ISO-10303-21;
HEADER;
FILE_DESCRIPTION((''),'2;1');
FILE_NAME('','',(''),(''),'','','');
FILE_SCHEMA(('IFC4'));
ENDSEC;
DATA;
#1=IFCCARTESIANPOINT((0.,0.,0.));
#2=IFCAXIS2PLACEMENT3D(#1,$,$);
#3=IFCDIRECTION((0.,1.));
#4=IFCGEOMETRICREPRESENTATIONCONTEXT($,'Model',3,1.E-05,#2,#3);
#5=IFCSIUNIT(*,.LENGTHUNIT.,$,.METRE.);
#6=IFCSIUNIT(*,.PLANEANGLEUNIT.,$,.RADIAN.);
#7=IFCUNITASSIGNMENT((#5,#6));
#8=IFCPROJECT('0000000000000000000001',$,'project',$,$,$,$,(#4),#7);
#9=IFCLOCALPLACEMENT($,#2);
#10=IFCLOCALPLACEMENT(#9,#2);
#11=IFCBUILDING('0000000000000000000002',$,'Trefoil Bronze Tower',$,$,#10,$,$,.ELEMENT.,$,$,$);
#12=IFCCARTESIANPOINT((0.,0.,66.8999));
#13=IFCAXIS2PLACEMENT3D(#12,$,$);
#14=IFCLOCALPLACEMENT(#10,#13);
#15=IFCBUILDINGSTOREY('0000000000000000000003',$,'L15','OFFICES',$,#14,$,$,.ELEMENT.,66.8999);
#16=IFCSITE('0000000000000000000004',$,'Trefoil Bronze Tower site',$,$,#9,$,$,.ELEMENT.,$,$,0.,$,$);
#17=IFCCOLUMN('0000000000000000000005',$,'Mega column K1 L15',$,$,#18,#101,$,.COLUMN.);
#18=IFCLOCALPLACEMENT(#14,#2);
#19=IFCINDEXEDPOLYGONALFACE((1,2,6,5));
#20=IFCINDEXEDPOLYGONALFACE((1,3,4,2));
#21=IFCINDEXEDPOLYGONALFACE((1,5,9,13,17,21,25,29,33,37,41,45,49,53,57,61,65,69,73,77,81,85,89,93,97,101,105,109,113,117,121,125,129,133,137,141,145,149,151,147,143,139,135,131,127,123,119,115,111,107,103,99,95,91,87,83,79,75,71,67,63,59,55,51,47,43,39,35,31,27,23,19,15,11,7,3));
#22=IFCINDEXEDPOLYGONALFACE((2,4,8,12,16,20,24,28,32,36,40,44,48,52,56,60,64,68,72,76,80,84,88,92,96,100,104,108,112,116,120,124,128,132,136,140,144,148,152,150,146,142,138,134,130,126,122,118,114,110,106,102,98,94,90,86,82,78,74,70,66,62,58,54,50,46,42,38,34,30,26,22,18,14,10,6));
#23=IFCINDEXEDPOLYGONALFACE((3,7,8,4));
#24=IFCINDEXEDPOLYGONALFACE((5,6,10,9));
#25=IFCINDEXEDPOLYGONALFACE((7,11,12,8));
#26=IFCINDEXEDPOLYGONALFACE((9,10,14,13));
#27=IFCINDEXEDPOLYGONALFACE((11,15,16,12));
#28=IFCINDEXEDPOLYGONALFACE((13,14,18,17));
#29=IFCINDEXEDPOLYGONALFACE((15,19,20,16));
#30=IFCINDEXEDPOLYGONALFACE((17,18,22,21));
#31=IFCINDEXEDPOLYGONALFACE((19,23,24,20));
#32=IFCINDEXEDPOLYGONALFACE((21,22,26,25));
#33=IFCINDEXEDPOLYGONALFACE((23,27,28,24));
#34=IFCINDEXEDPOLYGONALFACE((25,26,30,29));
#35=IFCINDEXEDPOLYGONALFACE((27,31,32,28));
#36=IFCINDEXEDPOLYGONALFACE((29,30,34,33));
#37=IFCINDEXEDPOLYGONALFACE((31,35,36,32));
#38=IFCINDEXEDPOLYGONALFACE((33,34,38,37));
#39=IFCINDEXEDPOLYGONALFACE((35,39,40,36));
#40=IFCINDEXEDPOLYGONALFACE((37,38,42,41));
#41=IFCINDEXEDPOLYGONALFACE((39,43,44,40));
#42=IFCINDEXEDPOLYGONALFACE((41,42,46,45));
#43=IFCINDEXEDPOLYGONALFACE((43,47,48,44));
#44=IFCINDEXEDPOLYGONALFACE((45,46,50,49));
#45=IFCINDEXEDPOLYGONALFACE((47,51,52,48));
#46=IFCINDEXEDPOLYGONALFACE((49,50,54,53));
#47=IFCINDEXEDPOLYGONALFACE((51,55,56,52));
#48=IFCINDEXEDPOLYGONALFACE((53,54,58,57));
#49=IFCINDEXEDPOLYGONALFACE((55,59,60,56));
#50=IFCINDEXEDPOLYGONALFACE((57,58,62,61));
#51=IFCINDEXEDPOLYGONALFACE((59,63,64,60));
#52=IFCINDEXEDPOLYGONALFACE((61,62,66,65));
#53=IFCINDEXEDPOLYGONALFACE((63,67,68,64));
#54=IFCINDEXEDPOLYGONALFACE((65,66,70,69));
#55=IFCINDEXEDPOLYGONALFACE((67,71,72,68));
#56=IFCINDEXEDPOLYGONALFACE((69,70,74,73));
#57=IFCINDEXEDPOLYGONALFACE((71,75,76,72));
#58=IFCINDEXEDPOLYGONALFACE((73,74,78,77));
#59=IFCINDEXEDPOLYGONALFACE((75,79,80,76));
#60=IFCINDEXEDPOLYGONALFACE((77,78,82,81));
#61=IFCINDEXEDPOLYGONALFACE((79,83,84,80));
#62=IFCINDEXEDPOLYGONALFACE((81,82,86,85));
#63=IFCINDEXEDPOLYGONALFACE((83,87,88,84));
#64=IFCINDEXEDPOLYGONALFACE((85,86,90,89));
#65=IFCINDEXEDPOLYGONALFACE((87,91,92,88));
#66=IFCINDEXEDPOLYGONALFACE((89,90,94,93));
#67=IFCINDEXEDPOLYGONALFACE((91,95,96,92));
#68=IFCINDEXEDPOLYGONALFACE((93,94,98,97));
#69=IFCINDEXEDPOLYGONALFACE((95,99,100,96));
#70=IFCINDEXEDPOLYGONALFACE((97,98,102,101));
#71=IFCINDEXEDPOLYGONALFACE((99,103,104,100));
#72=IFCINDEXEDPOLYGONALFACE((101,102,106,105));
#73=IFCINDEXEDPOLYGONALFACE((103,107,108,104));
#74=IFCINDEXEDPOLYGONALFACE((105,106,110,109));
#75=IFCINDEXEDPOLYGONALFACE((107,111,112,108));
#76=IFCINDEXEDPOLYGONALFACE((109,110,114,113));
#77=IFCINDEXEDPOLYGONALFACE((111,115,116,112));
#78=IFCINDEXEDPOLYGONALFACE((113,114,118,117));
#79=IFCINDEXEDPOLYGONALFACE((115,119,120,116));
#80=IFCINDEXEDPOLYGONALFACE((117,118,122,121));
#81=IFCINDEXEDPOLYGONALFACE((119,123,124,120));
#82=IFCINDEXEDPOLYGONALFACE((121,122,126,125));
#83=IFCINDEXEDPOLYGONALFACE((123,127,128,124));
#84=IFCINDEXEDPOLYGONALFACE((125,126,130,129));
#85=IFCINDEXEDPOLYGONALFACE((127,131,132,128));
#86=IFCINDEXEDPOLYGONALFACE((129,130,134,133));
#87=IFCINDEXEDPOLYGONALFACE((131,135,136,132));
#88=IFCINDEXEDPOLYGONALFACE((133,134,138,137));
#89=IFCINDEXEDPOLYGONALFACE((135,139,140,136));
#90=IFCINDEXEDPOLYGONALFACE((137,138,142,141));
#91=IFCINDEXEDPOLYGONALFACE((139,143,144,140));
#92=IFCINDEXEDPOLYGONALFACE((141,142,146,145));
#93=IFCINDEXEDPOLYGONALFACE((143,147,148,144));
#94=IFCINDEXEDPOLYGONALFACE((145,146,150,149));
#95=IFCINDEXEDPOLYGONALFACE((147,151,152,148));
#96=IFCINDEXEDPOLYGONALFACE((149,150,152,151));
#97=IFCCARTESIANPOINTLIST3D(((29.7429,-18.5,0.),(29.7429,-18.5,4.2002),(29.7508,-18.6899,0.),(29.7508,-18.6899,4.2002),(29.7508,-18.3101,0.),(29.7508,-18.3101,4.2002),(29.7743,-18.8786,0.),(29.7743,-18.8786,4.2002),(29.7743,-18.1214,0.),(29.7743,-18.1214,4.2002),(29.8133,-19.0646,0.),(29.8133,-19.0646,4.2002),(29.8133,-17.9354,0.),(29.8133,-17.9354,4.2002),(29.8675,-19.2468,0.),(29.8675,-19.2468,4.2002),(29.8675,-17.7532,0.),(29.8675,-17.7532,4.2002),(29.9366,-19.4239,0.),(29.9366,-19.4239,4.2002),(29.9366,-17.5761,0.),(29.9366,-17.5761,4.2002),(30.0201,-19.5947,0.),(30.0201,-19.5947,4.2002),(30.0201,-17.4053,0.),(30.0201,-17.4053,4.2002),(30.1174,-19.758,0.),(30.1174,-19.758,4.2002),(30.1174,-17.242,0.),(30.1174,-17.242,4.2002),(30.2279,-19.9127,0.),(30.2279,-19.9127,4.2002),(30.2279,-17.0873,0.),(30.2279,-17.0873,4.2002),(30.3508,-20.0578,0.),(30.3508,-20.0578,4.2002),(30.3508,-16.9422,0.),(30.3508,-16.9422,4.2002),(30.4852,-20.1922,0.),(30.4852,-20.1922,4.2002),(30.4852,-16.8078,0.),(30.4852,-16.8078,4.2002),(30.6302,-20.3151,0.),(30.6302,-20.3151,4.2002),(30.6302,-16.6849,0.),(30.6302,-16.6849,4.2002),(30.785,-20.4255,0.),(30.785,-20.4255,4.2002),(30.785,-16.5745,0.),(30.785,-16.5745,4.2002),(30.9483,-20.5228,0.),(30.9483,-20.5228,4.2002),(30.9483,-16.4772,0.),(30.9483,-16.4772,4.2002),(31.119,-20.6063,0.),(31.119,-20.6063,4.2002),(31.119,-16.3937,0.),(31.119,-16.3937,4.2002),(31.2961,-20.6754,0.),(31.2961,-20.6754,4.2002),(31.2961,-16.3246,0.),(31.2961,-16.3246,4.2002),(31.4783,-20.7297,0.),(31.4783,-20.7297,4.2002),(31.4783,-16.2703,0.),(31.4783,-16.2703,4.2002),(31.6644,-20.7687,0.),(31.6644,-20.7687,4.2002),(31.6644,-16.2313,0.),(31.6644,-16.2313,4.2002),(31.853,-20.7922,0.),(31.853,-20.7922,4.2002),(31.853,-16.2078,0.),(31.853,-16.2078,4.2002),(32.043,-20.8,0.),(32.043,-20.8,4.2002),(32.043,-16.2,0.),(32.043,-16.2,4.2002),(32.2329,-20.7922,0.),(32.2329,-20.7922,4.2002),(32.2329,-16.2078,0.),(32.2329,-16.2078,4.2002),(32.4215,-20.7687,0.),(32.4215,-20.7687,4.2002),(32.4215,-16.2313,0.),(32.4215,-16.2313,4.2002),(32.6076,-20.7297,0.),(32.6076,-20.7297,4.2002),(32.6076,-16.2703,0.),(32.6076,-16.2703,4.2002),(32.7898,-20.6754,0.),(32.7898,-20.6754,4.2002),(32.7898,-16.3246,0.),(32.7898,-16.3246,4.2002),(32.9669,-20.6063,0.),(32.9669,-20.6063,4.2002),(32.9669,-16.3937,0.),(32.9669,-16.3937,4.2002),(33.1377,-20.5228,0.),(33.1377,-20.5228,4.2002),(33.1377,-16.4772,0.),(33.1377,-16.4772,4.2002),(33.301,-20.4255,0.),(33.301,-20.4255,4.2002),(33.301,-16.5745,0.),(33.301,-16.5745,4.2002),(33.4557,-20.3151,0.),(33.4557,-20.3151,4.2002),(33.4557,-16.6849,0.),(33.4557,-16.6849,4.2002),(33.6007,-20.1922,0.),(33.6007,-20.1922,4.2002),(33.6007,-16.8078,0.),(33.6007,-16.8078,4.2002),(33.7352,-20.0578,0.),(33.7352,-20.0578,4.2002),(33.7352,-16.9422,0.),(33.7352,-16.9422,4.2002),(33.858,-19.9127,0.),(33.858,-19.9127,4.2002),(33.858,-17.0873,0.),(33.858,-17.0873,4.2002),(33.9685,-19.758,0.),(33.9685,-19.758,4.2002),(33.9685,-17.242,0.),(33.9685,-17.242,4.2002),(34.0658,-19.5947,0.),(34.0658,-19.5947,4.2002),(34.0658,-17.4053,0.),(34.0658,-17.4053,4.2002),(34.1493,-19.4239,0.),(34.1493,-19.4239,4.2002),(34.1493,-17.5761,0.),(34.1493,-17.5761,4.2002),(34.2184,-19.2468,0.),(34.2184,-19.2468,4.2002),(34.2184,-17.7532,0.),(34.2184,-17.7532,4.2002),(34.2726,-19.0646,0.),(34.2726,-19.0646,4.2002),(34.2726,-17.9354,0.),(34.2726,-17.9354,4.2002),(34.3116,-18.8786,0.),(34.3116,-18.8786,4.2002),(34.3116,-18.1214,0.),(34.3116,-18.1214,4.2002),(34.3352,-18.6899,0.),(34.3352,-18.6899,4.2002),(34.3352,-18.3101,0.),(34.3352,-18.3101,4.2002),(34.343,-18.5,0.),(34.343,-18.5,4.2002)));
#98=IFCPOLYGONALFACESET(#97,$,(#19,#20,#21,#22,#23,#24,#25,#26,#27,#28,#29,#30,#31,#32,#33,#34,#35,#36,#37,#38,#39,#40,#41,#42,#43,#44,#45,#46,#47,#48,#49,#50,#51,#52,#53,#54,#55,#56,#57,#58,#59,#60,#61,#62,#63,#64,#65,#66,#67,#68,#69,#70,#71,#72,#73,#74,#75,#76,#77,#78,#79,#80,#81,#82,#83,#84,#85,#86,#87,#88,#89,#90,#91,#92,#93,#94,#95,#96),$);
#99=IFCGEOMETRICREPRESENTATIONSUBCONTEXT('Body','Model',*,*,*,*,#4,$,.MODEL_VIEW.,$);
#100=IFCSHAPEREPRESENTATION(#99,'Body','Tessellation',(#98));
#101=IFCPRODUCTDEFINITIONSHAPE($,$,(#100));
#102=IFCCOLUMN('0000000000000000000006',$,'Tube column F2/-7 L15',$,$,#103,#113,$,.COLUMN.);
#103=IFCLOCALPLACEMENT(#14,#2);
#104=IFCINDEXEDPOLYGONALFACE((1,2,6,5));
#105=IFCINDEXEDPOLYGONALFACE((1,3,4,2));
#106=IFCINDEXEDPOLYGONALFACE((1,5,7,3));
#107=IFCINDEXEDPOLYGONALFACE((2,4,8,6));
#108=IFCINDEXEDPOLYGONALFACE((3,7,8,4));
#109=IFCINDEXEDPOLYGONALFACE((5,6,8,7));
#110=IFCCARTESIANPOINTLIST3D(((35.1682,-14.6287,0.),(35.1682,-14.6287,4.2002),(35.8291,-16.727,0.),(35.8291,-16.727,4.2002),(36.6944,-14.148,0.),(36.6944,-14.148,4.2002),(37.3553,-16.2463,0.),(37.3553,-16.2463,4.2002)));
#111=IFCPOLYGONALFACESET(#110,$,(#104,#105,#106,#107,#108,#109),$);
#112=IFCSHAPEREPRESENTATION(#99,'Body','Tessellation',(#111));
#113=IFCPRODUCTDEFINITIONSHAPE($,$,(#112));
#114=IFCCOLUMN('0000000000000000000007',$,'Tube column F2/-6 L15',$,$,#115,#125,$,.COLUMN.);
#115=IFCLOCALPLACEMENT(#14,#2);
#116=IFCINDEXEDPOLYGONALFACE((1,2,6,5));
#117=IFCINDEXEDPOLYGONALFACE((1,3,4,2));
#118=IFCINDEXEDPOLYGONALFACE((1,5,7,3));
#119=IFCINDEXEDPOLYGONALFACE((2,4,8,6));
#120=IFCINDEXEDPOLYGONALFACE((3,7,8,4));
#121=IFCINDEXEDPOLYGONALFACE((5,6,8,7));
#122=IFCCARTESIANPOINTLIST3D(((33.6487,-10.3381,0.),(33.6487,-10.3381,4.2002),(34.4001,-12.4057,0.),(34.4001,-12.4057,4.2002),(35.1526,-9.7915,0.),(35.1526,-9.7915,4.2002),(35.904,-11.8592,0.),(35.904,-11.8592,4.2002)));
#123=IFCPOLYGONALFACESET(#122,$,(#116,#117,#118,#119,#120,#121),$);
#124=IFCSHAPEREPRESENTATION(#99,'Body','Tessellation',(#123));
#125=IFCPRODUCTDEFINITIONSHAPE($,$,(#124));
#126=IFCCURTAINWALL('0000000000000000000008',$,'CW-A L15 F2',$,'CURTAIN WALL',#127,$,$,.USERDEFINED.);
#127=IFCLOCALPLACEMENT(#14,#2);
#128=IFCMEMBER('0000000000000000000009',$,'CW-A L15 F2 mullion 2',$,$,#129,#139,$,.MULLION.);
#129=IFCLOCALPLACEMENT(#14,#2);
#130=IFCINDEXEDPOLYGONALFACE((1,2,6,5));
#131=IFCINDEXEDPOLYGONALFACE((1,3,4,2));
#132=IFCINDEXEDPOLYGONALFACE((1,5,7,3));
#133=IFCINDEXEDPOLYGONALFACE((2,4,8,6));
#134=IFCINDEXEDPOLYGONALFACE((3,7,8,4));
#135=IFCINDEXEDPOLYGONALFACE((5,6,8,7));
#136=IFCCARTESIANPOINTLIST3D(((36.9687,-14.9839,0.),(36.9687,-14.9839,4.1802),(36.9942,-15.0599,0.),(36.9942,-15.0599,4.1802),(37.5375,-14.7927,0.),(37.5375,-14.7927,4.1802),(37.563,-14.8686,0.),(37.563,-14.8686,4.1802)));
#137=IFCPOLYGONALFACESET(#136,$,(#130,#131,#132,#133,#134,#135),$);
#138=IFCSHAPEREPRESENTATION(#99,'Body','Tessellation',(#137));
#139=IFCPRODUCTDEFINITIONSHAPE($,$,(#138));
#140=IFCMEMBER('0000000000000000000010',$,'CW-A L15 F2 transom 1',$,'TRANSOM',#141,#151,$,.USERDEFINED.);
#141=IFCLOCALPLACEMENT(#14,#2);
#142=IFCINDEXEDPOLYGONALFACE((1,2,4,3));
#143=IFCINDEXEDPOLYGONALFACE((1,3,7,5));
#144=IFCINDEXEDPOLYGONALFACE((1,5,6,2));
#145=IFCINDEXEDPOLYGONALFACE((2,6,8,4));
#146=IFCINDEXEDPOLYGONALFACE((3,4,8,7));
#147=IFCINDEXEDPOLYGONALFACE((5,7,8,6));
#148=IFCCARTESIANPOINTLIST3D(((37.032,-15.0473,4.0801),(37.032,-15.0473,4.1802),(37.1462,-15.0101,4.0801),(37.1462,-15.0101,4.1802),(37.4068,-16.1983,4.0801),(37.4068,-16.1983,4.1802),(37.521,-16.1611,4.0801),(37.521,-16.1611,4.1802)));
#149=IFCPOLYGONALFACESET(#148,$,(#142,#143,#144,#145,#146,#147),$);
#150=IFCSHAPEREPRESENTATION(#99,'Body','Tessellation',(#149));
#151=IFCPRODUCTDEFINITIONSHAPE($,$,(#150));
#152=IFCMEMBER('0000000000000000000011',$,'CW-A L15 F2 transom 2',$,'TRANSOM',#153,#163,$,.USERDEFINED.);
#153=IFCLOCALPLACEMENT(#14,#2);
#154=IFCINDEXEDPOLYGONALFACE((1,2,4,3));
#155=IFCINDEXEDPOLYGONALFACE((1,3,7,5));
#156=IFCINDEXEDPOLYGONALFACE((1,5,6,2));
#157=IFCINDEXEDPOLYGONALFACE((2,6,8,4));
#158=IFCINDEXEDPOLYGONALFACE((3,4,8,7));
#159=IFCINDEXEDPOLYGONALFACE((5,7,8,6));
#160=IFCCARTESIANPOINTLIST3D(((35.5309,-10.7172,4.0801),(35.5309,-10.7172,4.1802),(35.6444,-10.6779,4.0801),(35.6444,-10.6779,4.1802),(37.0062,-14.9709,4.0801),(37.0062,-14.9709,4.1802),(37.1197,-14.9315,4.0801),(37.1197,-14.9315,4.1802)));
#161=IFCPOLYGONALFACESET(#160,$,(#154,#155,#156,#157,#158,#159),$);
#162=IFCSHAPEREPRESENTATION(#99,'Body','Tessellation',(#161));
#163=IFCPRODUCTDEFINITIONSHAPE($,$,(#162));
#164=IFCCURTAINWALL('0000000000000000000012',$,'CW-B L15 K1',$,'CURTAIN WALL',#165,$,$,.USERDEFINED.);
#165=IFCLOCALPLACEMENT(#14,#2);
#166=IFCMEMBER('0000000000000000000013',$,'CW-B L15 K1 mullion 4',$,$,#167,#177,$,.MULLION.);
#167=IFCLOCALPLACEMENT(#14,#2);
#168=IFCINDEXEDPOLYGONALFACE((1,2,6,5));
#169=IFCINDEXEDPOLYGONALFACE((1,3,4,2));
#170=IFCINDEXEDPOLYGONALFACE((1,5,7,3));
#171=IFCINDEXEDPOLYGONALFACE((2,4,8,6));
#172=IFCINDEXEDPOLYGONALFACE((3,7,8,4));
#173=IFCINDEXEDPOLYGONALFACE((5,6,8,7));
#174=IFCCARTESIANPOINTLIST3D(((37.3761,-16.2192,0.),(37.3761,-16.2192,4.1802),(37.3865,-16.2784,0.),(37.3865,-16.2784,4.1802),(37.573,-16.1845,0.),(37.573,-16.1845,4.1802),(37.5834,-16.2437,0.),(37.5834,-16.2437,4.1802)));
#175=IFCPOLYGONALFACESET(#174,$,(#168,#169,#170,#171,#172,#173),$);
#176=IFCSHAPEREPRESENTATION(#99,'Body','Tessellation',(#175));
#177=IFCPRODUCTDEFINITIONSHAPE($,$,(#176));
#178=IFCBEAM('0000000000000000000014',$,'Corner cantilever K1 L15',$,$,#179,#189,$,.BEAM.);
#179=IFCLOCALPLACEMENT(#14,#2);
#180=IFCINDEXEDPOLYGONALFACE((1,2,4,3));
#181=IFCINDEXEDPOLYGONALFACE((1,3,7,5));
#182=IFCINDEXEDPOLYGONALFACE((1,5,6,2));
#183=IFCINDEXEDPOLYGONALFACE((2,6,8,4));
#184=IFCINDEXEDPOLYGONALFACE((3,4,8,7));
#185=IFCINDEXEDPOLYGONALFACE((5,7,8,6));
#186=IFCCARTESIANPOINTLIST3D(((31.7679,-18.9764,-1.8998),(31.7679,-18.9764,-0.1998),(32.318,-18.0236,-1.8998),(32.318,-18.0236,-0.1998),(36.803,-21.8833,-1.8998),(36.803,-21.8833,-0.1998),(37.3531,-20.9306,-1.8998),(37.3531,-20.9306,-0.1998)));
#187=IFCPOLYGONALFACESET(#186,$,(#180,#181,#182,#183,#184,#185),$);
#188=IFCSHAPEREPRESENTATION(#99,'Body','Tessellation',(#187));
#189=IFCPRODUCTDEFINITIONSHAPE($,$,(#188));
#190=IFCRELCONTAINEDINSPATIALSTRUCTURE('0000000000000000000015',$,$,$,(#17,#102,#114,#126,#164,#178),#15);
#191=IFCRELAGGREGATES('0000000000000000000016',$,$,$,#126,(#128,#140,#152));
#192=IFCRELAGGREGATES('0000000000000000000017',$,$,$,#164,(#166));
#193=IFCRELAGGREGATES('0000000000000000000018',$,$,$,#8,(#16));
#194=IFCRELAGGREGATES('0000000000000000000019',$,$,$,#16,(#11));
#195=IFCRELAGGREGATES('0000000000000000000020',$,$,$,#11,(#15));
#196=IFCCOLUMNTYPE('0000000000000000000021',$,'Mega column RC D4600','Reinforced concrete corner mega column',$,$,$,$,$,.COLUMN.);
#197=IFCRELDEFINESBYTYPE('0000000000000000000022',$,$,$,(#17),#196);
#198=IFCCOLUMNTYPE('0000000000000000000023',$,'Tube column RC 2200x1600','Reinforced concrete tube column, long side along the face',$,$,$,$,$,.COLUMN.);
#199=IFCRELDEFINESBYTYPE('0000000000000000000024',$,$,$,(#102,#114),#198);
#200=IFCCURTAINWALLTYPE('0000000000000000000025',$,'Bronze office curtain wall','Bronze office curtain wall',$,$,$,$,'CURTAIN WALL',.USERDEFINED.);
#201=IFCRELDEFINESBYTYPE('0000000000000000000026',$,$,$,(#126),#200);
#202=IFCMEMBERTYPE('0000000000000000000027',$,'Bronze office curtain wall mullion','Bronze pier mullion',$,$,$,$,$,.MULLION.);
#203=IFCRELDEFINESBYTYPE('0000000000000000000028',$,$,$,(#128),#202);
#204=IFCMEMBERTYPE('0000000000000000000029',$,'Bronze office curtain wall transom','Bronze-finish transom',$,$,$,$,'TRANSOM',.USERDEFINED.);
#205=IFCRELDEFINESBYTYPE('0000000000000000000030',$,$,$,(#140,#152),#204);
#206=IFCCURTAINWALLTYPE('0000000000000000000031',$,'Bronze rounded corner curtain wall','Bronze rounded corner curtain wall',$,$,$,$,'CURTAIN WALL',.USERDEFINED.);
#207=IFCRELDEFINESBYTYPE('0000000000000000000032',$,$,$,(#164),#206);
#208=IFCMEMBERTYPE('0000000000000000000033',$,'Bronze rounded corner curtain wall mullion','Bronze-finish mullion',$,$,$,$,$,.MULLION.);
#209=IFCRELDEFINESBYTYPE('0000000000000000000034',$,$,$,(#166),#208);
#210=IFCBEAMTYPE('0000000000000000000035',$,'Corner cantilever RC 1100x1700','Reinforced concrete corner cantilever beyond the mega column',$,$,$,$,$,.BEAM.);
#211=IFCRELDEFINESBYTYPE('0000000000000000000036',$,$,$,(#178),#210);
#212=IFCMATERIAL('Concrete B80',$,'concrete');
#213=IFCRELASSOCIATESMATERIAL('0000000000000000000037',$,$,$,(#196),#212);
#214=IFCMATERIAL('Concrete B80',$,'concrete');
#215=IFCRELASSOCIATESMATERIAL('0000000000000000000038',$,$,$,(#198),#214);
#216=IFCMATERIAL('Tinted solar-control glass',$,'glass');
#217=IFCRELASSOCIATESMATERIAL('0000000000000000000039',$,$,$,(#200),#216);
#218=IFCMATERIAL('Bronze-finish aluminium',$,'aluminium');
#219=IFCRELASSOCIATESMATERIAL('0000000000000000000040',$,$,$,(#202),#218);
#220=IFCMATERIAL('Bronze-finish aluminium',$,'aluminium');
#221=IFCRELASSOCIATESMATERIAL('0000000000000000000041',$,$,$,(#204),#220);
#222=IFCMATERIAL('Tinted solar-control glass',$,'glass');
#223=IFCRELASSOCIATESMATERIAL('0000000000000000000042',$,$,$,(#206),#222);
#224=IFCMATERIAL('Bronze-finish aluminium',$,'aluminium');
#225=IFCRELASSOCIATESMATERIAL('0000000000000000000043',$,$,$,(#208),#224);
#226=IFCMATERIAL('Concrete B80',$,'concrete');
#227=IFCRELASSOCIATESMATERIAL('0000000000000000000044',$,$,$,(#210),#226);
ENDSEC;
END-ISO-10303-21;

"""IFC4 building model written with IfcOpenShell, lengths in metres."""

from ifc_helpers import new_model, si_unit, direction, frame, origin, origin_2d, place, context, subcontext, project, spatial, rectangle, circle, extrude, material, material_profile, profile_set, type_object, element, aggregate, save


model = new_model("IFC4")

# Units and contexts
model_context = context("Model", 3, precision=1e-05, world=origin(), true_north=direction((0.0, 1.0)))
body_context = subcontext(model_context, "Body", "Model", "MODEL_VIEW")
ifc_project = project(units=[si_unit("LENGTHUNIT", "METRE"), si_unit("PLANEANGLEUNIT", "RADIAN")], contexts=[model_context])

# Site, building, storey
site_placement = place(None, origin())
site = spatial("IfcSite", under=ifc_project, at=site_placement, Name="Trefoil Bronze Tower site", CompositionType="ELEMENT", RefElevation=0.0)
building_placement = place(site_placement, origin())
building = spatial("IfcBuilding", under=site, at=building_placement, Name="Trefoil Bronze Tower", CompositionType="ELEMENT")
storey_placement = place(building_placement, frame((0.0, 0.0, 66.8999)))
storey = spatial("IfcBuildingStorey", under=building, at=storey_placement, Name="L15", Description="OFFICES", CompositionType="ELEMENT", Elevation=66.8999)

# Columns
ifc_material_1 = material(Name="Concrete B80", Category="concrete")
ifc_material_profile_1 = material_profile(ifc_material_1, circle(Radius=2.3, at=origin_2d()), Name="RC D4600")
ifc_profile_set_1 = profile_set([ifc_material_profile_1], Name="Concrete B80")
column_type_1 = type_object("IfcColumnType", Name="Mega column RC D4600", Description="Reinforced concrete corner mega column", PredefinedType="COLUMN", material=ifc_profile_set_1)
column_placement = place(storey_placement, frame((32.043, -18.5, 0.0), z_axis=(0.0, 0.0, 1.0), x_axis=(1.0, 0.0, 0.0)))
element("IfcColumn", 1, at=column_placement, inside=storey, type_object=column_type_1, Name="Mega column K1 L15", PredefinedType="COLUMN", context=body_context, shape_type="SweptSolid", body=[
    extrude(circle(Radius=2.3, at=origin_2d()), origin(), (0.0, 0.0, 1.0), 4.2002),
])
ifc_material_2 = material(Name="Concrete B80", Category="concrete")
ifc_material_profile_2 = material_profile(ifc_material_2, rectangle(XDim=2.2, YDim=1.6001, at=origin_2d()), Name="RC 2200x1600")
ifc_profile_set_2 = profile_set([ifc_material_profile_2], Name="Concrete B80")
column_type_2 = type_object("IfcColumnType", Name="Tube column RC 2200x1600", Description="Reinforced concrete tube column, long side along the face", PredefinedType="COLUMN", material=ifc_profile_set_2)
for number, where, z_axis, x_axis, name in (
    (2, (36.2617, -15.4375, 0.0), (0.0, 0.0, 1.0), (-0.300414, 0.953809, 0.0), "Tube column F2/-7 L15"),
    (3, (34.7764, -11.0986, 0.0), (0.0, 0.0, 1.0), (-0.341559, 0.93986, 0.0), "Tube column F2/-6 L15"),
):
    element("IfcColumn", number, at=place(storey_placement, frame(where, z_axis=z_axis, x_axis=x_axis)), inside=storey, type_object=column_type_2, Name=name, PredefinedType="COLUMN", context=body_context, shape_type="SweptSolid", body=[
        extrude(rectangle(XDim=2.2, YDim=1.6001, at=origin_2d()), origin(), (0.0, 0.0, 1.0), 4.2002),
    ])

# Curtain wall, members
ifc_material_3 = material(Name="Tinted solar-control glass", Category="glass")
curtain_wall_type_1 = type_object("IfcCurtainWallType", Name="Bronze office curtain wall", Description="Bronze office curtain wall", ElementType="CURTAIN WALL", PredefinedType="USERDEFINED", material=ifc_material_3)
curtain_wall_1_placement = place(storey_placement, origin())
curtain_wall_1 = element("IfcCurtainWall", 4, at=curtain_wall_1_placement, inside=storey, type_object=curtain_wall_type_1, Name="CW-A L15 F2", ObjectType="CURTAIN WALL", PredefinedType="USERDEFINED")
ifc_material_4 = material(Name="Bronze-finish aluminium", Category="aluminium")
ifc_material_profile_3 = material_profile(ifc_material_4, rectangle(XDim=0.6001, YDim=0.0801, at=origin_2d()), Name="CW-A mullion")
ifc_profile_set_3 = profile_set([ifc_material_profile_3], Name="Bronze-finish aluminium")
member_type_1 = type_object("IfcMemberType", Name="Bronze office curtain wall mullion", Description="Bronze pier mullion", PredefinedType="MULLION", material=ifc_profile_set_3)
member_1_placement = place(storey_placement, frame((37.2659, -14.9263, 0.0), z_axis=(0.0, 0.0, 1.0), x_axis=(-0.947851, -0.318715, 0.0)))
member_1 = element("IfcMember", 5, at=member_1_placement, type_object=member_type_1, Name="CW-A L15 F2 mullion 2", PredefinedType="MULLION", context=body_context, shape_type="SweptSolid", body=[
    extrude(rectangle(XDim=0.6001, YDim=0.0801, at=origin_2d()), origin(), (0.0, 0.0, 1.0), 4.1802),
])
ifc_material_5 = material(Name="Bronze-finish aluminium", Category="aluminium")
ifc_material_profile_4 = material_profile(ifc_material_5, rectangle(XDim=0.1201, YDim=0.1001, at=origin_2d()), Name="CW-A transom")
ifc_profile_set_4 = profile_set([ifc_material_profile_4], Name="Bronze-finish aluminium")
member_type_2 = type_object("IfcMemberType", Name="Bronze office curtain wall transom", Description="Bronze-finish transom", ElementType="TRANSOM", PredefinedType="USERDEFINED", material=ifc_profile_set_4)
member_2_placement = place(storey_placement, frame((37.4639, -16.1797, 4.1301), z_axis=(-0.309624, 0.950859, 0.0), x_axis=(-0.950859, -0.309624, 0.0)))
member_2 = element("IfcMember", 6, at=member_2_placement, type_object=member_type_2, Name="CW-A L15 F2 transom 1", ObjectType="TRANSOM", PredefinedType="USERDEFINED", context=body_context, shape_type="SweptSolid", body=[
    extrude(rectangle(XDim=0.1201, YDim=0.1001, at=origin_2d()), origin(), (0.0, 0.0, 1.0), 1.2104),
])
member_3_placement = place(storey_placement, frame((37.063, -14.9512, 4.1301), z_axis=(-0.32769, 0.944785, 0.0), x_axis=(-0.944785, -0.32769, 0.0)))
member_3 = element("IfcMember", 7, at=member_3_placement, type_object=member_type_2, Name="CW-A L15 F2 transom 2", ObjectType="TRANSOM", PredefinedType="USERDEFINED", context=body_context, shape_type="SweptSolid", body=[
    extrude(rectangle(XDim=0.1201, YDim=0.1001, at=origin_2d()), origin(), (0.0, 0.0, 1.0), 4.5022),
])

# Curtain wall, member
ifc_material_6 = material(Name="Tinted solar-control glass", Category="glass")
curtain_wall_type_2 = type_object("IfcCurtainWallType", Name="Bronze rounded corner curtain wall", Description="Bronze rounded corner curtain wall", ElementType="CURTAIN WALL", PredefinedType="USERDEFINED", material=ifc_material_6)
curtain_wall_2_placement = place(storey_placement, origin())
curtain_wall_2 = element("IfcCurtainWall", 8, at=curtain_wall_2_placement, inside=storey, type_object=curtain_wall_type_2, Name="CW-B L15 K1", ObjectType="CURTAIN WALL", PredefinedType="USERDEFINED")
ifc_material_7 = material(Name="Bronze-finish aluminium", Category="aluminium")
ifc_material_profile_5 = material_profile(ifc_material_7, rectangle(XDim=0.2, YDim=0.0601, at=origin_2d()), Name="CW-B mullion")
ifc_profile_set_5 = profile_set([ifc_material_profile_5], Name="Bronze-finish aluminium")
member_type_3 = type_object("IfcMemberType", Name="Bronze rounded corner curtain wall mullion", Description="Bronze-finish mullion", PredefinedType="MULLION", material=ifc_profile_set_5)
member_4_placement = place(storey_placement, frame((37.4797, -16.2314, 0.0), z_axis=(0.0, 0.0, 1.0), x_axis=(-0.984808, -0.173648, 0.0)))
member_4 = element("IfcMember", 9, at=member_4_placement, type_object=member_type_3, Name="CW-B L15 K1 mullion 4", PredefinedType="MULLION", context=body_context, shape_type="SweptSolid", body=[
    extrude(rectangle(XDim=0.2, YDim=0.0601, at=origin_2d()), origin(), (0.0, 0.0, 1.0), 4.1802),
])

# Beam
ifc_material_8 = material(Name="Concrete B80", Category="concrete")
ifc_material_profile_6 = material_profile(ifc_material_8, rectangle(XDim=1.1001, YDim=1.7, at=origin_2d()), Name="RC 1100x1700")
ifc_profile_set_6 = profile_set([ifc_material_profile_6], Name="Concrete B80")
beam_type_1 = type_object("IfcBeamType", Name="Corner cantilever RC 1100x1700", Description="Reinforced concrete corner cantilever beyond the mega column", PredefinedType="BEAM", material=ifc_profile_set_6)
beam_1_placement = place(storey_placement, frame((32.043, -18.5, -1.0498), z_axis=(0.86603, -0.499991, 0.0), x_axis=(0.499991, 0.86603, 0.0)))
element("IfcBeam", 10, at=beam_1_placement, inside=storey, type_object=beam_type_1, Name="Corner cantilever K1 L15", PredefinedType="BEAM", context=body_context, shape_type="SweptSolid", body=[
    extrude(rectangle(XDim=1.1001, YDim=1.7, at=origin_2d()), origin(), (0.0, 0.0, 1.0), 5.814),
])

aggregate(curtain_wall_1, [member_1, member_2, member_3])
aggregate(curtain_wall_2, [member_4])

save(model, "model.ifc")
